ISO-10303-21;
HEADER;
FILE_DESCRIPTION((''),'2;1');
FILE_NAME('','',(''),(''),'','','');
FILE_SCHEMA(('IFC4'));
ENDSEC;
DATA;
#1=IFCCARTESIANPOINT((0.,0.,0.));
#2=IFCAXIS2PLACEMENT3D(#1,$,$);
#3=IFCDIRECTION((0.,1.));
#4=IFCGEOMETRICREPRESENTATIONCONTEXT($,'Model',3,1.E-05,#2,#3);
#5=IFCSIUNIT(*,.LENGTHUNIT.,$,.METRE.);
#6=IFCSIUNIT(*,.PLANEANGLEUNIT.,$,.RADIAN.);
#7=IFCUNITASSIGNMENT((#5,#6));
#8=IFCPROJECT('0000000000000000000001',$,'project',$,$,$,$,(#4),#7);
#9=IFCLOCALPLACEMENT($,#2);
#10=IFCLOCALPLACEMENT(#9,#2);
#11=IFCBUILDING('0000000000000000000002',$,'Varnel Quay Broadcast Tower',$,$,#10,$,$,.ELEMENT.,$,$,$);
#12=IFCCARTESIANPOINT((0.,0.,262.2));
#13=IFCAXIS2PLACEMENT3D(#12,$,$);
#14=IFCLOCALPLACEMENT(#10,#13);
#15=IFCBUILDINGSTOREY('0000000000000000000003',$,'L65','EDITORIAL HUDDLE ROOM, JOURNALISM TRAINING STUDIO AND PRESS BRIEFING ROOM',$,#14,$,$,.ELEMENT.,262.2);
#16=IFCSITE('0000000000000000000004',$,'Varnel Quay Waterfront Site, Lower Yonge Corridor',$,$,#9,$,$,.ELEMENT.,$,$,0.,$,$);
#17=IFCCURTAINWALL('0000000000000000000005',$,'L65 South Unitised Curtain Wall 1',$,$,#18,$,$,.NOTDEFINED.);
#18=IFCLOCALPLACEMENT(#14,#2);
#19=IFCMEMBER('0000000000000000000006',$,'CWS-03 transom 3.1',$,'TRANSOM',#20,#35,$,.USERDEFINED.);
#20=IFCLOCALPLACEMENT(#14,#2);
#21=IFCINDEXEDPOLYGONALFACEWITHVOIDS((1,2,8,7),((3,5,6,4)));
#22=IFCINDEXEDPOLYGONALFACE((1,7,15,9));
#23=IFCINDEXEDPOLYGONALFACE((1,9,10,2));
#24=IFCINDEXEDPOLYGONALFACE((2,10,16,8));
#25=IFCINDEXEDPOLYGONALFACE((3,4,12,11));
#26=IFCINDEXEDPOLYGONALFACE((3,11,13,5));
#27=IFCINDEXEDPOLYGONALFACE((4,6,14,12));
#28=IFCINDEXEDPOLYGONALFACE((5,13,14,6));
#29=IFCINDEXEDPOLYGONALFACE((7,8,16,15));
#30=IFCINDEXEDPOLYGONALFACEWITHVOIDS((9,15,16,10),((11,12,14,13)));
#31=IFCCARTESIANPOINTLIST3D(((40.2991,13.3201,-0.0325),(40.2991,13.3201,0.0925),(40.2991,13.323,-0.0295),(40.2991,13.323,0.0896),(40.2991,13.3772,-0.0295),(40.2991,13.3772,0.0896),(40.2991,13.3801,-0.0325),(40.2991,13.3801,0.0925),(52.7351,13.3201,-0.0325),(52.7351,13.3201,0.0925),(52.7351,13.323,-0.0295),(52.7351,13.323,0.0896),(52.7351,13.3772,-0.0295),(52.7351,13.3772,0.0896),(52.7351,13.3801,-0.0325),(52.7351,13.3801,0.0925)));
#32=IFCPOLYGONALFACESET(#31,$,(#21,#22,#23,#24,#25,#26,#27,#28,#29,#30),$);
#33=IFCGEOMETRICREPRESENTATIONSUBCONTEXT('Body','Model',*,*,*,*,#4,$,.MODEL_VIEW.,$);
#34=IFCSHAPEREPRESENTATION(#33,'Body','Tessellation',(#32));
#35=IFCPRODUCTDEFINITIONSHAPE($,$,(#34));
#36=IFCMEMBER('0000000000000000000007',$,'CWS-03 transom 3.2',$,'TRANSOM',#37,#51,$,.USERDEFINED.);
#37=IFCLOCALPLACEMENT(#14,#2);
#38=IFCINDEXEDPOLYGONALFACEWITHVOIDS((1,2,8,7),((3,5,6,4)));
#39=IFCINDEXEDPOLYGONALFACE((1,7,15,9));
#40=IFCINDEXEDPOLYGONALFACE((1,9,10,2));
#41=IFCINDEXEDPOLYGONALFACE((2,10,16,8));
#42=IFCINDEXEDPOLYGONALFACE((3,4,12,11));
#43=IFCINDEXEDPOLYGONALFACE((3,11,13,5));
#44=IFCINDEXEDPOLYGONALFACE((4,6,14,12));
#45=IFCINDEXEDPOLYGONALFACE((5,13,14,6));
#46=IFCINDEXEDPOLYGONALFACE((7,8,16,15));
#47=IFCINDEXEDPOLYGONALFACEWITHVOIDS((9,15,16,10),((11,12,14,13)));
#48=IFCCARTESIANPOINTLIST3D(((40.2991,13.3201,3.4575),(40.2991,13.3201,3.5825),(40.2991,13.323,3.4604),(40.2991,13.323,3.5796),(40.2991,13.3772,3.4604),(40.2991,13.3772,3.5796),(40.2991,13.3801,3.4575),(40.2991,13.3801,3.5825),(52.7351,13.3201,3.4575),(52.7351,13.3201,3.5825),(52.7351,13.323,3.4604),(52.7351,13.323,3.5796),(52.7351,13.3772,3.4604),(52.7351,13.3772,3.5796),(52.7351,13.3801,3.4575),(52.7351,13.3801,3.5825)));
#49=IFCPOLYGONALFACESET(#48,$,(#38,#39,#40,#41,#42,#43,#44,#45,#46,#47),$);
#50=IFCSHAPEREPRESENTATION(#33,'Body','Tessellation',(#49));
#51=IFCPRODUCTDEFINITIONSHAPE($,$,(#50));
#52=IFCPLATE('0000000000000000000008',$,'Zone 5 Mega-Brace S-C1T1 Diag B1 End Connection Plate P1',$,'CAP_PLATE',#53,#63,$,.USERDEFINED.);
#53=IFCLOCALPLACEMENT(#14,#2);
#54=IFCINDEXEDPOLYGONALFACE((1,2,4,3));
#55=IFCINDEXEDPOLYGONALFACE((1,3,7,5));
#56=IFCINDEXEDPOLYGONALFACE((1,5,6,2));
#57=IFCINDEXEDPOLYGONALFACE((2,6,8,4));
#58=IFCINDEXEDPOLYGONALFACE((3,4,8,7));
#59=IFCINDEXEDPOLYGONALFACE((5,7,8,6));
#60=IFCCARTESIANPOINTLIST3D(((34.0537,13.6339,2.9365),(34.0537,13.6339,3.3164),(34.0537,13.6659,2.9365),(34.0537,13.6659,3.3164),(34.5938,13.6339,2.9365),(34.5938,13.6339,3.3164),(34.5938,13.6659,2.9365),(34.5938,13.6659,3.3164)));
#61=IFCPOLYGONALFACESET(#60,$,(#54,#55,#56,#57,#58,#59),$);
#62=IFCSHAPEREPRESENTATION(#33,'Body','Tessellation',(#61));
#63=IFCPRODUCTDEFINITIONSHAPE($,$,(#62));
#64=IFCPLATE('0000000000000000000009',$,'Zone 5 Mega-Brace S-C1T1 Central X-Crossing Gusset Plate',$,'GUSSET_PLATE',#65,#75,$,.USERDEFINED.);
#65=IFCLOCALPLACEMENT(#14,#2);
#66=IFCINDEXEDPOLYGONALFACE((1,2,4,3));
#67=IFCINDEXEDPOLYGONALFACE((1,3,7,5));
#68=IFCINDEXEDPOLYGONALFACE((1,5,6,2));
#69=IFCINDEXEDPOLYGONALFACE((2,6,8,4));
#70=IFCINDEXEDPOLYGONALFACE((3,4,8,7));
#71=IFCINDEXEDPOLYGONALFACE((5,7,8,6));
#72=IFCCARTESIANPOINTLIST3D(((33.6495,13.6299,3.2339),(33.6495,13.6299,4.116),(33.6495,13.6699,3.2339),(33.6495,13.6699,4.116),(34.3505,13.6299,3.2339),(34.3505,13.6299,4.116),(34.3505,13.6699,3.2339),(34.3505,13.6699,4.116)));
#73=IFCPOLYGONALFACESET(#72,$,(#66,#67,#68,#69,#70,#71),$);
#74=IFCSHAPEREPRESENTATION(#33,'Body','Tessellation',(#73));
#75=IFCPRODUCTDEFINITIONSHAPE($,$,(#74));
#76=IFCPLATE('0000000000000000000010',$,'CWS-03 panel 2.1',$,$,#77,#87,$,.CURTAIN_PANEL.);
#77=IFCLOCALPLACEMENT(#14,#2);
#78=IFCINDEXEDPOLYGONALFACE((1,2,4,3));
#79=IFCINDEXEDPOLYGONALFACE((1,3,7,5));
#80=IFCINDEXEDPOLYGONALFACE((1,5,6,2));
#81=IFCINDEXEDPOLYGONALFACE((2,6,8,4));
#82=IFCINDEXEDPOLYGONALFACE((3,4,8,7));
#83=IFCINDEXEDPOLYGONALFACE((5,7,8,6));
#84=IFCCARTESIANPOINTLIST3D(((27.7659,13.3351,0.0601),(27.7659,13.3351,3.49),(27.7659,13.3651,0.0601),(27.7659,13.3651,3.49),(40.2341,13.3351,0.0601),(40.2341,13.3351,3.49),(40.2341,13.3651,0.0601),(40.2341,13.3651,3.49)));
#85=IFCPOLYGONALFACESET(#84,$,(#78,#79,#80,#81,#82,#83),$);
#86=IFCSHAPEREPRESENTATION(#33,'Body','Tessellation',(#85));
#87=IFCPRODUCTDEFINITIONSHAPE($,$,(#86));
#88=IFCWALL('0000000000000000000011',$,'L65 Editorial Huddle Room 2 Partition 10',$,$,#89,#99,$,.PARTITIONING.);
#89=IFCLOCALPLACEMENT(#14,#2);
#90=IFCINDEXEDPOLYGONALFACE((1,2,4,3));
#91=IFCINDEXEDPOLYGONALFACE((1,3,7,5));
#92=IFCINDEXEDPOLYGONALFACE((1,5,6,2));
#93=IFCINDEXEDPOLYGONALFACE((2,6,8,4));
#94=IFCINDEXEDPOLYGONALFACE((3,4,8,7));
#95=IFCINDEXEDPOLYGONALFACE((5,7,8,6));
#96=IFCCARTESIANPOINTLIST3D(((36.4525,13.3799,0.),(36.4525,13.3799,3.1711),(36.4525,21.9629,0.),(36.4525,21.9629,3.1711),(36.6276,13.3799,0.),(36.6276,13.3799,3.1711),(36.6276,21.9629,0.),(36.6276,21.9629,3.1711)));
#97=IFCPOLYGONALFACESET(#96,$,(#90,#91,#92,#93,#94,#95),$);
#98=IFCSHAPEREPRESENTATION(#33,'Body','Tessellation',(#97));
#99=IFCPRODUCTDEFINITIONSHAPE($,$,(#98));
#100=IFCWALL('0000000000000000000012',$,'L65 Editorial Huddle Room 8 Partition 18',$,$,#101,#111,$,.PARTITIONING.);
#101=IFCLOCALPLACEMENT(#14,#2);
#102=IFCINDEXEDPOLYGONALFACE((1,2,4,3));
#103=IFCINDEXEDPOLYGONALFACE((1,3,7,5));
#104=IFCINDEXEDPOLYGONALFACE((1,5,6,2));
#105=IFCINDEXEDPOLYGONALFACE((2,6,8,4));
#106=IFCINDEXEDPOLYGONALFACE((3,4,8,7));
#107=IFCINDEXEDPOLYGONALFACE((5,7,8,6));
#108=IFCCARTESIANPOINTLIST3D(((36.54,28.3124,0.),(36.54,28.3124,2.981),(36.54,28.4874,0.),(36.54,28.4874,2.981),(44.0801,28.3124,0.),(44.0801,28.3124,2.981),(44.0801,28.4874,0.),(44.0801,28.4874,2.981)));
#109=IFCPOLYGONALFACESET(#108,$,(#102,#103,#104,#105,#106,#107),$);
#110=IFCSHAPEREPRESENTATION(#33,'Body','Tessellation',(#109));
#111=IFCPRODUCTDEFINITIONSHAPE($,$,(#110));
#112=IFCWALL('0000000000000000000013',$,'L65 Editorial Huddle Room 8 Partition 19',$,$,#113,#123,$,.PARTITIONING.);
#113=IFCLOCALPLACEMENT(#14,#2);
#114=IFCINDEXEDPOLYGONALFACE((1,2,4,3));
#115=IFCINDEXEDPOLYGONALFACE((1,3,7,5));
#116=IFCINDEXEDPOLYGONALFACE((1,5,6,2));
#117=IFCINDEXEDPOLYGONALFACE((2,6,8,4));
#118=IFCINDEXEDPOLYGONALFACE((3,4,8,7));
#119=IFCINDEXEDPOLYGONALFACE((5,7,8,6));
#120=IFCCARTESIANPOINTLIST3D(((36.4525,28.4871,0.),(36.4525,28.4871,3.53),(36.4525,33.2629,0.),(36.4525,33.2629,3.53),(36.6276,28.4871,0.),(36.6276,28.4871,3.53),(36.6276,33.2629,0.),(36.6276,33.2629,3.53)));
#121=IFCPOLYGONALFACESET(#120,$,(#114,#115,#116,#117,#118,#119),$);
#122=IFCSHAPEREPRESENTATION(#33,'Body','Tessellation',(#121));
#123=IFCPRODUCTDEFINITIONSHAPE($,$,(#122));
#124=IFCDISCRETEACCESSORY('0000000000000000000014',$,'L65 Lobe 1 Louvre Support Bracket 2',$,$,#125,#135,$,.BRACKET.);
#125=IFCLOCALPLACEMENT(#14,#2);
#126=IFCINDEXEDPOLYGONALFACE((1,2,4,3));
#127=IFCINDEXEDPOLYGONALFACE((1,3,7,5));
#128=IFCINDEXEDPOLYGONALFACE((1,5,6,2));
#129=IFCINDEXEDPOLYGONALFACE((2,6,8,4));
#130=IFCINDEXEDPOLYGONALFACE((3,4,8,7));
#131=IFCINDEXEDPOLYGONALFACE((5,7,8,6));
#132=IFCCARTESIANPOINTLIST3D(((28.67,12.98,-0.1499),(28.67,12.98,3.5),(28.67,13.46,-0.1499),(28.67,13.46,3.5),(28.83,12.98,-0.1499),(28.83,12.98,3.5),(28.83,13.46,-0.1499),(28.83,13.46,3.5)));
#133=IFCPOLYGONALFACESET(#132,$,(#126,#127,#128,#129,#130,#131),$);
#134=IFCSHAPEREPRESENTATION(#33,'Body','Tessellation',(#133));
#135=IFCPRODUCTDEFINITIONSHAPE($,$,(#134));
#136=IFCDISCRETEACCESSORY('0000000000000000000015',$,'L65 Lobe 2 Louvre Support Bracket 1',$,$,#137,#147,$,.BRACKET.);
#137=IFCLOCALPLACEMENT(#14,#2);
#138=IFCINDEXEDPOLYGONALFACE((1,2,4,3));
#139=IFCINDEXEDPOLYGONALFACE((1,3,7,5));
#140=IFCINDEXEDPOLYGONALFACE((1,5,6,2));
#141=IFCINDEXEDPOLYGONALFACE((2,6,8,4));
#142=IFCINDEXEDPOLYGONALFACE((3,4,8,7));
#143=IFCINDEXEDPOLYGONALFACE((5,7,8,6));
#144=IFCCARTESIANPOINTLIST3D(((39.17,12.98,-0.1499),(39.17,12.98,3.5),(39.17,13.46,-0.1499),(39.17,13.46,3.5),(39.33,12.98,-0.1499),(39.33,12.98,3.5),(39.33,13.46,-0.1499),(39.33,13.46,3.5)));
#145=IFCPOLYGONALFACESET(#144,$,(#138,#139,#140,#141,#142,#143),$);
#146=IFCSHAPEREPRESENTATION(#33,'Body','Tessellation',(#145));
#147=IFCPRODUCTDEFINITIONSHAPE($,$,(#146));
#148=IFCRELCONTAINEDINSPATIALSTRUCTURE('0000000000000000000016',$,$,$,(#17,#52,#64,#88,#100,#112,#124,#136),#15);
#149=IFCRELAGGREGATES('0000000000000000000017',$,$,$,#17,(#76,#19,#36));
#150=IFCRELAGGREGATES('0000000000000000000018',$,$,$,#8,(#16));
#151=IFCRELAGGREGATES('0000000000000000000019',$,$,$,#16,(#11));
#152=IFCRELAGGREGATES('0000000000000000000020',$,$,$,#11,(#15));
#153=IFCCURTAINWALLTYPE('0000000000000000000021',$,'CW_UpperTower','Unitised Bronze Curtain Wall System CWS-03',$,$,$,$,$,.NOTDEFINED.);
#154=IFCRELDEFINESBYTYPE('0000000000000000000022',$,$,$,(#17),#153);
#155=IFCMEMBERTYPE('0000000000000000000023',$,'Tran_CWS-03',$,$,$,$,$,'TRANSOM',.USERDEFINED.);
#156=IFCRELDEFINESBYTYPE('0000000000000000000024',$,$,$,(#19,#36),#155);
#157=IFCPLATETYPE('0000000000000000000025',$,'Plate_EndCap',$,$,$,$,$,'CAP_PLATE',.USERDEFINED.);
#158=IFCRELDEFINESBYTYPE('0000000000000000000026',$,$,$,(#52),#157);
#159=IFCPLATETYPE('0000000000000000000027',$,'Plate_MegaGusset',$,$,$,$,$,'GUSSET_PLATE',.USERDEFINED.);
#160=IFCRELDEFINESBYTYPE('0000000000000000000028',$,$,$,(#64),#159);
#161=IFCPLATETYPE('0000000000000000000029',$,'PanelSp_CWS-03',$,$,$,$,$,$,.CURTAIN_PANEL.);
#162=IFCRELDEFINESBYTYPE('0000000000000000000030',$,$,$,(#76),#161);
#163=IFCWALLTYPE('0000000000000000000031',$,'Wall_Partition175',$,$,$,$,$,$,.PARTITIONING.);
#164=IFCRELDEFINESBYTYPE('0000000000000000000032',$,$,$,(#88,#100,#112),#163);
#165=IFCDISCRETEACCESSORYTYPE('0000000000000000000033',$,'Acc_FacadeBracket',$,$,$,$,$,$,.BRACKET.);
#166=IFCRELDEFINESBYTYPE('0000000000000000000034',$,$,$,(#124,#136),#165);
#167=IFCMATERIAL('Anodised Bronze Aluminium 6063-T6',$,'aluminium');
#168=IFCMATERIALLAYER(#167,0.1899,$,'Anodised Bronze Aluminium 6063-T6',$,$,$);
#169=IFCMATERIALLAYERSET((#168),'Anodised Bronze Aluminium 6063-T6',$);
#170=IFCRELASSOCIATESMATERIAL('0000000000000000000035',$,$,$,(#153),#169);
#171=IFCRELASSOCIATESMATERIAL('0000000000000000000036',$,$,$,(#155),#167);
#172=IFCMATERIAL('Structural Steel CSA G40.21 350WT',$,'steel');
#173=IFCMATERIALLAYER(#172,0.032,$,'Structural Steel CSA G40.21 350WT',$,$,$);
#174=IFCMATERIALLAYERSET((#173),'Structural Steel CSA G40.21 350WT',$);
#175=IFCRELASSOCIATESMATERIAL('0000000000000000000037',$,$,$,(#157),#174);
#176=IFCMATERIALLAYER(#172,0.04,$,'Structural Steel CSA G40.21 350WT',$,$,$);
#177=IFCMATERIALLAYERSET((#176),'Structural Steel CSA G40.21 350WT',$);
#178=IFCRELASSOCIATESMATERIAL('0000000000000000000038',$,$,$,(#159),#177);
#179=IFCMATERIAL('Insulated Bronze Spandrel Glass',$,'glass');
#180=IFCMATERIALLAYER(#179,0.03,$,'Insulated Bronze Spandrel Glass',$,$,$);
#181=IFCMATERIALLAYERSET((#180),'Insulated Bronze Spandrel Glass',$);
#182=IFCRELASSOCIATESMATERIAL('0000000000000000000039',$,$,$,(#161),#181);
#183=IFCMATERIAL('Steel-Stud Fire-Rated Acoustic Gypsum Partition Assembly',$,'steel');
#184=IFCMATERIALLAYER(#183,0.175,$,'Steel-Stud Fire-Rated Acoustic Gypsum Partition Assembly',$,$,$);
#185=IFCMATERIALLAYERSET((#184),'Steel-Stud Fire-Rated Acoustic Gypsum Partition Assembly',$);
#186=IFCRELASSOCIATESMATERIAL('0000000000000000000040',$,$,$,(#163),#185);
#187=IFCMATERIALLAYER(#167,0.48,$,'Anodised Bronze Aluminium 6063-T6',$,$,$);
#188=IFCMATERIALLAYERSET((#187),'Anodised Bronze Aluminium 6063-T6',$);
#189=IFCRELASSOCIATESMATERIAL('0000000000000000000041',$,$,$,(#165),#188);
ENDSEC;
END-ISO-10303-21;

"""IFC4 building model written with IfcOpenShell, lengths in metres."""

from ifc_helpers import new_model, si_unit, direction, frame, frame_2d, origin, origin_2d, place, context, subcontext, project, spatial, rectangle, hollow_rectangle, extrude, source, transform, mapped, material, layer, layer_set, material_profile, profile_set, type_object, type_shapes, element, aggregate, save


model = new_model("IFC4")

# Units and contexts
model_context = context("Model", 3, precision=1e-05, world=origin(), true_north=direction((0.0, 1.0)))
body_context = subcontext(model_context, "Body", "Model", "MODEL_VIEW")
ifc_project = project(units=[si_unit("LENGTHUNIT", "METRE"), si_unit("PLANEANGLEUNIT", "RADIAN")], contexts=[model_context])

# Site, building, storey
site_placement = place(None, origin())
site = spatial("IfcSite", under=ifc_project, at=site_placement, Name="Varnel Quay Waterfront Site, Lower Yonge Corridor", CompositionType="ELEMENT", RefElevation=0.0)
building_placement = place(site_placement, origin())
building = spatial("IfcBuilding", under=site, at=building_placement, Name="Varnel Quay Broadcast Tower", CompositionType="ELEMENT")
storey_placement = place(building_placement, frame((0.0, 0.0, 262.2)))
storey = spatial("IfcBuildingStorey", under=building, at=storey_placement, Name="L65", Description="EDITORIAL HUDDLE ROOM, JOURNALISM TRAINING STUDIO AND PRESS BRIEFING ROOM", CompositionType="ELEMENT", Elevation=262.2)

# Curtain wall, members
ifc_material_1 = material(Name="Anodised Bronze Aluminium 6063-T6", Category="aluminium")
ifc_layer_1 = layer(ifc_material_1, 0.1899, Name="Anodised Bronze Aluminium 6063-T6")
ifc_layer_set_1 = layer_set([ifc_layer_1], Name="Anodised Bronze Aluminium 6063-T6")
curtain_wall_type = type_object("IfcCurtainWallType", Name="CW_UpperTower", Description="Unitised Bronze Curtain Wall System CWS-03", PredefinedType="NOTDEFINED", material=ifc_layer_set_1)
curtain_wall_placement = place(storey_placement, origin())
curtain_wall = element("IfcCurtainWall", 1, at=curtain_wall_placement, inside=storey, type_object=curtain_wall_type, Name="L65 South Unitised Curtain Wall 1", PredefinedType="NOTDEFINED")
ifc_material_profile_1 = material_profile(ifc_material_1, hollow_rectangle(XDim=0.0601, YDim=0.125, WallThickness=0.0029, at=origin_2d()), Name="ALU60X125X3")
ifc_profile_set_1 = profile_set([ifc_material_profile_1], Name="Anodised Bronze Aluminium 6063-T6")
member_type_1 = type_object("IfcMemberType", Name="Tran_CWS-03", ElementType="TRANSOM", PredefinedType="USERDEFINED", material=ifc_profile_set_1)
shared_shape_1 = source(origin(), body_context, "Body", "SweptSolid", [
    extrude(hollow_rectangle(XDim=0.0601, YDim=0.125, WallThickness=0.0029, at=origin_2d()), origin(), (0.0, 0.0, 1.0), 12.436),
])
type_shapes(member_type_1, [shared_shape_1])
member_1_placement = place(storey_placement, frame((40.2991, 13.3501, 0.03), z_axis=(1.0, 0.0, 0.0), x_axis=(0.0, 1.0, 0.0)))
member_1 = element("IfcMember", 2, at=member_1_placement, type_object=member_type_1, Name="CWS-03 transom 3.1", ObjectType="TRANSOM", PredefinedType="USERDEFINED", context=body_context, shape_type="MappedRepresentation", body=[
    mapped(shared_shape_1, transform((0.0, 0.0, 0.0), x_axis=(1.0, 0.0, 0.0), y_axis=(0.0, 1.0, 0.0), z_axis=(0.0, 0.0, 1.0), scale=1.0)),
])
member_2_placement = place(storey_placement, frame((40.2991, 13.3501, 3.52), z_axis=(1.0, 0.0, 0.0), x_axis=(0.0, 1.0, 0.0)))
member_2 = element("IfcMember", 3, at=member_2_placement, type_object=member_type_1, Name="CWS-03 transom 3.2", ObjectType="TRANSOM", PredefinedType="USERDEFINED", context=body_context, shape_type="MappedRepresentation", body=[
    mapped(shared_shape_1, transform((0.0, 0.0, 0.0), x_axis=(1.0, 0.0, 0.0), y_axis=(0.0, 1.0, 0.0), z_axis=(0.0, 0.0, 1.0), scale=1.0)),
])

# Plates
ifc_material_2 = material(Name="Structural Steel CSA G40.21 350WT", Category="steel")
ifc_layer_2 = layer(ifc_material_2, 0.032, Name="Structural Steel CSA G40.21 350WT")
ifc_layer_set_2 = layer_set([ifc_layer_2], Name="Structural Steel CSA G40.21 350WT")
plate_type_1 = type_object("IfcPlateType", Name="Plate_EndCap", ElementType="CAP_PLATE", PredefinedType="USERDEFINED", material=ifc_layer_set_2)
shared_shape_2 = source(origin(), body_context, "Body", "SweptSolid", [
    extrude(rectangle(XDim=0.54, YDim=0.032, at=origin_2d()), origin(), (0.0, 0.0, 1.0), 0.3799),
])
type_shapes(plate_type_1, [shared_shape_2])
plate_1_placement = place(storey_placement, frame((34.3237, 13.6499, 2.9365), z_axis=(0.0, 0.0, 1.0), x_axis=(1.0, 0.0, 0.0)))
element("IfcPlate", 4, at=plate_1_placement, inside=storey, type_object=plate_type_1, Name="Zone 5 Mega-Brace S-C1T1 Diag B1 End Connection Plate P1", ObjectType="CAP_PLATE", PredefinedType="USERDEFINED", context=body_context, shape_type="MappedRepresentation", body=[
    mapped(shared_shape_2, transform((0.0, 0.0, 0.0), x_axis=(1.0, 0.0, 0.0), y_axis=(0.0, 1.0, 0.0), z_axis=(0.0, 0.0, 1.0), scale=1.0)),
])
ifc_layer_3 = layer(ifc_material_2, 0.04, Name="Structural Steel CSA G40.21 350WT")
ifc_layer_set_3 = layer_set([ifc_layer_3], Name="Structural Steel CSA G40.21 350WT")
plate_type_2 = type_object("IfcPlateType", Name="Plate_MegaGusset", ElementType="GUSSET_PLATE", PredefinedType="USERDEFINED", material=ifc_layer_set_3)
shared_shape_3 = source(origin(), body_context, "Body", "SweptSolid", [
    extrude(rectangle(XDim=0.7009, YDim=0.04, at=origin_2d()), origin(), (0.0, 0.0, 1.0), 0.8821),
])
type_shapes(plate_type_2, [shared_shape_3])
plate_2_placement = place(storey_placement, frame((34.0, 13.6499, 3.2339), z_axis=(0.0, 0.0, 1.0), x_axis=(1.0, 0.0, 0.0)))
element("IfcPlate", 5, at=plate_2_placement, inside=storey, type_object=plate_type_2, Name="Zone 5 Mega-Brace S-C1T1 Central X-Crossing Gusset Plate", ObjectType="GUSSET_PLATE", PredefinedType="USERDEFINED", context=body_context, shape_type="MappedRepresentation", body=[
    mapped(shared_shape_3, transform((0.0, 0.0, 0.0), x_axis=(1.0, 0.0, 0.0), y_axis=(0.0, 1.0, 0.0), z_axis=(0.0, 0.0, 1.0), scale=1.0)),
])

# Plate
ifc_material_3 = material(Name="Insulated Bronze Spandrel Glass", Category="glass")
ifc_layer_4 = layer(ifc_material_3, 0.03, Name="Insulated Bronze Spandrel Glass")
ifc_layer_set_4 = layer_set([ifc_layer_4], Name="Insulated Bronze Spandrel Glass")
plate_type_3 = type_object("IfcPlateType", Name="PanelSp_CWS-03", PredefinedType="CURTAIN_PANEL", material=ifc_layer_set_4)
shared_shape_4 = source(origin(), body_context, "Body", "SweptSolid", [
    extrude(rectangle(XDim=12.4683, YDim=0.03, at=origin_2d()), origin(), (0.0, 0.0, 1.0), 3.4299),
])
type_shapes(plate_type_3, [shared_shape_4])
plate_3_placement = place(storey_placement, frame((34.0, 13.3501, 0.0601), z_axis=(0.0, 0.0, 1.0), x_axis=(1.0, 0.0, 0.0)))
plate_3 = element("IfcPlate", 6, at=plate_3_placement, type_object=plate_type_3, Name="CWS-03 panel 2.1", PredefinedType="CURTAIN_PANEL", context=body_context, shape_type="MappedRepresentation", body=[
    mapped(shared_shape_4, transform((0.0, 0.0, 0.0), x_axis=(1.0, 0.0, 0.0), y_axis=(0.0, 1.0, 0.0), z_axis=(0.0, 0.0, 1.0), scale=1.0)),
])
aggregate(curtain_wall, [plate_3, member_1, member_2])

# Walls
ifc_material_4 = material(Name="Steel-Stud Fire-Rated Acoustic Gypsum Partition Assembly", Category="steel")
ifc_layer_5 = layer(ifc_material_4, 0.175, Name="Steel-Stud Fire-Rated Acoustic Gypsum Partition Assembly")
ifc_layer_set_5 = layer_set([ifc_layer_5], Name="Steel-Stud Fire-Rated Acoustic Gypsum Partition Assembly")
wall_type = type_object("IfcWallType", Name="Wall_Partition175", PredefinedType="PARTITIONING", material=ifc_layer_set_5)
wall_1_placement = place(storey_placement, frame((36.54, 13.3799, 0.0), z_axis=(0.0, 0.0, 1.0), x_axis=(0.0, 1.0, 0.0)))
element("IfcWall", 7, at=wall_1_placement, inside=storey, type_object=wall_type, Name="L65 Editorial Huddle Room 2 Partition 10", PredefinedType="PARTITIONING", context=body_context, shape_type="SweptSolid", body=[
    extrude(rectangle(XDim=8.583, YDim=0.175, at=frame_2d((4.2915, 0.0))), origin(), (0.0, 0.0, 1.0), 3.1711),
])
wall_2_placement = place(storey_placement, frame((36.54, 28.3999, 0.0), z_axis=(0.0, 0.0, 1.0), x_axis=(1.0, 0.0, 0.0)))
element("IfcWall", 8, at=wall_2_placement, inside=storey, type_object=wall_type, Name="L65 Editorial Huddle Room 8 Partition 18", PredefinedType="PARTITIONING", context=body_context, shape_type="SweptSolid", body=[
    extrude(rectangle(XDim=7.54, YDim=0.175, at=frame_2d((3.77, 0.0))), origin(), (0.0, 0.0, 1.0), 2.981),
])
wall_3_placement = place(storey_placement, frame((36.54, 28.4871, 0.0), z_axis=(0.0, 0.0, 1.0), x_axis=(0.0, 1.0, 0.0)))
element("IfcWall", 9, at=wall_3_placement, inside=storey, type_object=wall_type, Name="L65 Editorial Huddle Room 8 Partition 19", PredefinedType="PARTITIONING", context=body_context, shape_type="SweptSolid", body=[
    extrude(rectangle(XDim=4.7759, YDim=0.175, at=frame_2d((2.3879, 0.0))), origin(), (0.0, 0.0, 1.0), 3.53),
])

# Discrete accessories
ifc_layer_6 = layer(ifc_material_1, 0.48, Name="Anodised Bronze Aluminium 6063-T6")
ifc_layer_set_6 = layer_set([ifc_layer_6], Name="Anodised Bronze Aluminium 6063-T6")
discrete_accessory_type = type_object("IfcDiscreteAccessoryType", Name="Acc_FacadeBracket", PredefinedType="BRACKET", material=ifc_layer_set_6)
shared_shape_5 = source(origin(), body_context, "Body", "SweptSolid", [
    extrude(rectangle(XDim=0.1599, YDim=0.48, at=origin_2d()), origin(), (0.0, 0.0, 1.0), 3.6499),
])
type_shapes(discrete_accessory_type, [shared_shape_5])
for number, where, z_axis, x_axis, name in (
    (10, (28.75, 13.22, -0.1499), (0.0, 0.0, 1.0), (1.0, 0.0, 0.0), "L65 Lobe 1 Louvre Support Bracket 2"),
    (11, (39.25, 13.22, -0.1499), (0.0, 0.0, 1.0), (1.0, 0.0, 0.0), "L65 Lobe 2 Louvre Support Bracket 1"),
):
    element("IfcDiscreteAccessory", number, at=place(storey_placement, frame(where, z_axis=z_axis, x_axis=x_axis)), inside=storey, type_object=discrete_accessory_type, Name=name, PredefinedType="BRACKET", context=body_context, shape_type="MappedRepresentation", body=[
        mapped(shared_shape_5, transform((0.0, 0.0, 0.0), x_axis=(1.0, 0.0, 0.0), y_axis=(0.0, 1.0, 0.0), z_axis=(0.0, 0.0, 1.0), scale=1.0)),
    ])

save(model, "model.ifc")
